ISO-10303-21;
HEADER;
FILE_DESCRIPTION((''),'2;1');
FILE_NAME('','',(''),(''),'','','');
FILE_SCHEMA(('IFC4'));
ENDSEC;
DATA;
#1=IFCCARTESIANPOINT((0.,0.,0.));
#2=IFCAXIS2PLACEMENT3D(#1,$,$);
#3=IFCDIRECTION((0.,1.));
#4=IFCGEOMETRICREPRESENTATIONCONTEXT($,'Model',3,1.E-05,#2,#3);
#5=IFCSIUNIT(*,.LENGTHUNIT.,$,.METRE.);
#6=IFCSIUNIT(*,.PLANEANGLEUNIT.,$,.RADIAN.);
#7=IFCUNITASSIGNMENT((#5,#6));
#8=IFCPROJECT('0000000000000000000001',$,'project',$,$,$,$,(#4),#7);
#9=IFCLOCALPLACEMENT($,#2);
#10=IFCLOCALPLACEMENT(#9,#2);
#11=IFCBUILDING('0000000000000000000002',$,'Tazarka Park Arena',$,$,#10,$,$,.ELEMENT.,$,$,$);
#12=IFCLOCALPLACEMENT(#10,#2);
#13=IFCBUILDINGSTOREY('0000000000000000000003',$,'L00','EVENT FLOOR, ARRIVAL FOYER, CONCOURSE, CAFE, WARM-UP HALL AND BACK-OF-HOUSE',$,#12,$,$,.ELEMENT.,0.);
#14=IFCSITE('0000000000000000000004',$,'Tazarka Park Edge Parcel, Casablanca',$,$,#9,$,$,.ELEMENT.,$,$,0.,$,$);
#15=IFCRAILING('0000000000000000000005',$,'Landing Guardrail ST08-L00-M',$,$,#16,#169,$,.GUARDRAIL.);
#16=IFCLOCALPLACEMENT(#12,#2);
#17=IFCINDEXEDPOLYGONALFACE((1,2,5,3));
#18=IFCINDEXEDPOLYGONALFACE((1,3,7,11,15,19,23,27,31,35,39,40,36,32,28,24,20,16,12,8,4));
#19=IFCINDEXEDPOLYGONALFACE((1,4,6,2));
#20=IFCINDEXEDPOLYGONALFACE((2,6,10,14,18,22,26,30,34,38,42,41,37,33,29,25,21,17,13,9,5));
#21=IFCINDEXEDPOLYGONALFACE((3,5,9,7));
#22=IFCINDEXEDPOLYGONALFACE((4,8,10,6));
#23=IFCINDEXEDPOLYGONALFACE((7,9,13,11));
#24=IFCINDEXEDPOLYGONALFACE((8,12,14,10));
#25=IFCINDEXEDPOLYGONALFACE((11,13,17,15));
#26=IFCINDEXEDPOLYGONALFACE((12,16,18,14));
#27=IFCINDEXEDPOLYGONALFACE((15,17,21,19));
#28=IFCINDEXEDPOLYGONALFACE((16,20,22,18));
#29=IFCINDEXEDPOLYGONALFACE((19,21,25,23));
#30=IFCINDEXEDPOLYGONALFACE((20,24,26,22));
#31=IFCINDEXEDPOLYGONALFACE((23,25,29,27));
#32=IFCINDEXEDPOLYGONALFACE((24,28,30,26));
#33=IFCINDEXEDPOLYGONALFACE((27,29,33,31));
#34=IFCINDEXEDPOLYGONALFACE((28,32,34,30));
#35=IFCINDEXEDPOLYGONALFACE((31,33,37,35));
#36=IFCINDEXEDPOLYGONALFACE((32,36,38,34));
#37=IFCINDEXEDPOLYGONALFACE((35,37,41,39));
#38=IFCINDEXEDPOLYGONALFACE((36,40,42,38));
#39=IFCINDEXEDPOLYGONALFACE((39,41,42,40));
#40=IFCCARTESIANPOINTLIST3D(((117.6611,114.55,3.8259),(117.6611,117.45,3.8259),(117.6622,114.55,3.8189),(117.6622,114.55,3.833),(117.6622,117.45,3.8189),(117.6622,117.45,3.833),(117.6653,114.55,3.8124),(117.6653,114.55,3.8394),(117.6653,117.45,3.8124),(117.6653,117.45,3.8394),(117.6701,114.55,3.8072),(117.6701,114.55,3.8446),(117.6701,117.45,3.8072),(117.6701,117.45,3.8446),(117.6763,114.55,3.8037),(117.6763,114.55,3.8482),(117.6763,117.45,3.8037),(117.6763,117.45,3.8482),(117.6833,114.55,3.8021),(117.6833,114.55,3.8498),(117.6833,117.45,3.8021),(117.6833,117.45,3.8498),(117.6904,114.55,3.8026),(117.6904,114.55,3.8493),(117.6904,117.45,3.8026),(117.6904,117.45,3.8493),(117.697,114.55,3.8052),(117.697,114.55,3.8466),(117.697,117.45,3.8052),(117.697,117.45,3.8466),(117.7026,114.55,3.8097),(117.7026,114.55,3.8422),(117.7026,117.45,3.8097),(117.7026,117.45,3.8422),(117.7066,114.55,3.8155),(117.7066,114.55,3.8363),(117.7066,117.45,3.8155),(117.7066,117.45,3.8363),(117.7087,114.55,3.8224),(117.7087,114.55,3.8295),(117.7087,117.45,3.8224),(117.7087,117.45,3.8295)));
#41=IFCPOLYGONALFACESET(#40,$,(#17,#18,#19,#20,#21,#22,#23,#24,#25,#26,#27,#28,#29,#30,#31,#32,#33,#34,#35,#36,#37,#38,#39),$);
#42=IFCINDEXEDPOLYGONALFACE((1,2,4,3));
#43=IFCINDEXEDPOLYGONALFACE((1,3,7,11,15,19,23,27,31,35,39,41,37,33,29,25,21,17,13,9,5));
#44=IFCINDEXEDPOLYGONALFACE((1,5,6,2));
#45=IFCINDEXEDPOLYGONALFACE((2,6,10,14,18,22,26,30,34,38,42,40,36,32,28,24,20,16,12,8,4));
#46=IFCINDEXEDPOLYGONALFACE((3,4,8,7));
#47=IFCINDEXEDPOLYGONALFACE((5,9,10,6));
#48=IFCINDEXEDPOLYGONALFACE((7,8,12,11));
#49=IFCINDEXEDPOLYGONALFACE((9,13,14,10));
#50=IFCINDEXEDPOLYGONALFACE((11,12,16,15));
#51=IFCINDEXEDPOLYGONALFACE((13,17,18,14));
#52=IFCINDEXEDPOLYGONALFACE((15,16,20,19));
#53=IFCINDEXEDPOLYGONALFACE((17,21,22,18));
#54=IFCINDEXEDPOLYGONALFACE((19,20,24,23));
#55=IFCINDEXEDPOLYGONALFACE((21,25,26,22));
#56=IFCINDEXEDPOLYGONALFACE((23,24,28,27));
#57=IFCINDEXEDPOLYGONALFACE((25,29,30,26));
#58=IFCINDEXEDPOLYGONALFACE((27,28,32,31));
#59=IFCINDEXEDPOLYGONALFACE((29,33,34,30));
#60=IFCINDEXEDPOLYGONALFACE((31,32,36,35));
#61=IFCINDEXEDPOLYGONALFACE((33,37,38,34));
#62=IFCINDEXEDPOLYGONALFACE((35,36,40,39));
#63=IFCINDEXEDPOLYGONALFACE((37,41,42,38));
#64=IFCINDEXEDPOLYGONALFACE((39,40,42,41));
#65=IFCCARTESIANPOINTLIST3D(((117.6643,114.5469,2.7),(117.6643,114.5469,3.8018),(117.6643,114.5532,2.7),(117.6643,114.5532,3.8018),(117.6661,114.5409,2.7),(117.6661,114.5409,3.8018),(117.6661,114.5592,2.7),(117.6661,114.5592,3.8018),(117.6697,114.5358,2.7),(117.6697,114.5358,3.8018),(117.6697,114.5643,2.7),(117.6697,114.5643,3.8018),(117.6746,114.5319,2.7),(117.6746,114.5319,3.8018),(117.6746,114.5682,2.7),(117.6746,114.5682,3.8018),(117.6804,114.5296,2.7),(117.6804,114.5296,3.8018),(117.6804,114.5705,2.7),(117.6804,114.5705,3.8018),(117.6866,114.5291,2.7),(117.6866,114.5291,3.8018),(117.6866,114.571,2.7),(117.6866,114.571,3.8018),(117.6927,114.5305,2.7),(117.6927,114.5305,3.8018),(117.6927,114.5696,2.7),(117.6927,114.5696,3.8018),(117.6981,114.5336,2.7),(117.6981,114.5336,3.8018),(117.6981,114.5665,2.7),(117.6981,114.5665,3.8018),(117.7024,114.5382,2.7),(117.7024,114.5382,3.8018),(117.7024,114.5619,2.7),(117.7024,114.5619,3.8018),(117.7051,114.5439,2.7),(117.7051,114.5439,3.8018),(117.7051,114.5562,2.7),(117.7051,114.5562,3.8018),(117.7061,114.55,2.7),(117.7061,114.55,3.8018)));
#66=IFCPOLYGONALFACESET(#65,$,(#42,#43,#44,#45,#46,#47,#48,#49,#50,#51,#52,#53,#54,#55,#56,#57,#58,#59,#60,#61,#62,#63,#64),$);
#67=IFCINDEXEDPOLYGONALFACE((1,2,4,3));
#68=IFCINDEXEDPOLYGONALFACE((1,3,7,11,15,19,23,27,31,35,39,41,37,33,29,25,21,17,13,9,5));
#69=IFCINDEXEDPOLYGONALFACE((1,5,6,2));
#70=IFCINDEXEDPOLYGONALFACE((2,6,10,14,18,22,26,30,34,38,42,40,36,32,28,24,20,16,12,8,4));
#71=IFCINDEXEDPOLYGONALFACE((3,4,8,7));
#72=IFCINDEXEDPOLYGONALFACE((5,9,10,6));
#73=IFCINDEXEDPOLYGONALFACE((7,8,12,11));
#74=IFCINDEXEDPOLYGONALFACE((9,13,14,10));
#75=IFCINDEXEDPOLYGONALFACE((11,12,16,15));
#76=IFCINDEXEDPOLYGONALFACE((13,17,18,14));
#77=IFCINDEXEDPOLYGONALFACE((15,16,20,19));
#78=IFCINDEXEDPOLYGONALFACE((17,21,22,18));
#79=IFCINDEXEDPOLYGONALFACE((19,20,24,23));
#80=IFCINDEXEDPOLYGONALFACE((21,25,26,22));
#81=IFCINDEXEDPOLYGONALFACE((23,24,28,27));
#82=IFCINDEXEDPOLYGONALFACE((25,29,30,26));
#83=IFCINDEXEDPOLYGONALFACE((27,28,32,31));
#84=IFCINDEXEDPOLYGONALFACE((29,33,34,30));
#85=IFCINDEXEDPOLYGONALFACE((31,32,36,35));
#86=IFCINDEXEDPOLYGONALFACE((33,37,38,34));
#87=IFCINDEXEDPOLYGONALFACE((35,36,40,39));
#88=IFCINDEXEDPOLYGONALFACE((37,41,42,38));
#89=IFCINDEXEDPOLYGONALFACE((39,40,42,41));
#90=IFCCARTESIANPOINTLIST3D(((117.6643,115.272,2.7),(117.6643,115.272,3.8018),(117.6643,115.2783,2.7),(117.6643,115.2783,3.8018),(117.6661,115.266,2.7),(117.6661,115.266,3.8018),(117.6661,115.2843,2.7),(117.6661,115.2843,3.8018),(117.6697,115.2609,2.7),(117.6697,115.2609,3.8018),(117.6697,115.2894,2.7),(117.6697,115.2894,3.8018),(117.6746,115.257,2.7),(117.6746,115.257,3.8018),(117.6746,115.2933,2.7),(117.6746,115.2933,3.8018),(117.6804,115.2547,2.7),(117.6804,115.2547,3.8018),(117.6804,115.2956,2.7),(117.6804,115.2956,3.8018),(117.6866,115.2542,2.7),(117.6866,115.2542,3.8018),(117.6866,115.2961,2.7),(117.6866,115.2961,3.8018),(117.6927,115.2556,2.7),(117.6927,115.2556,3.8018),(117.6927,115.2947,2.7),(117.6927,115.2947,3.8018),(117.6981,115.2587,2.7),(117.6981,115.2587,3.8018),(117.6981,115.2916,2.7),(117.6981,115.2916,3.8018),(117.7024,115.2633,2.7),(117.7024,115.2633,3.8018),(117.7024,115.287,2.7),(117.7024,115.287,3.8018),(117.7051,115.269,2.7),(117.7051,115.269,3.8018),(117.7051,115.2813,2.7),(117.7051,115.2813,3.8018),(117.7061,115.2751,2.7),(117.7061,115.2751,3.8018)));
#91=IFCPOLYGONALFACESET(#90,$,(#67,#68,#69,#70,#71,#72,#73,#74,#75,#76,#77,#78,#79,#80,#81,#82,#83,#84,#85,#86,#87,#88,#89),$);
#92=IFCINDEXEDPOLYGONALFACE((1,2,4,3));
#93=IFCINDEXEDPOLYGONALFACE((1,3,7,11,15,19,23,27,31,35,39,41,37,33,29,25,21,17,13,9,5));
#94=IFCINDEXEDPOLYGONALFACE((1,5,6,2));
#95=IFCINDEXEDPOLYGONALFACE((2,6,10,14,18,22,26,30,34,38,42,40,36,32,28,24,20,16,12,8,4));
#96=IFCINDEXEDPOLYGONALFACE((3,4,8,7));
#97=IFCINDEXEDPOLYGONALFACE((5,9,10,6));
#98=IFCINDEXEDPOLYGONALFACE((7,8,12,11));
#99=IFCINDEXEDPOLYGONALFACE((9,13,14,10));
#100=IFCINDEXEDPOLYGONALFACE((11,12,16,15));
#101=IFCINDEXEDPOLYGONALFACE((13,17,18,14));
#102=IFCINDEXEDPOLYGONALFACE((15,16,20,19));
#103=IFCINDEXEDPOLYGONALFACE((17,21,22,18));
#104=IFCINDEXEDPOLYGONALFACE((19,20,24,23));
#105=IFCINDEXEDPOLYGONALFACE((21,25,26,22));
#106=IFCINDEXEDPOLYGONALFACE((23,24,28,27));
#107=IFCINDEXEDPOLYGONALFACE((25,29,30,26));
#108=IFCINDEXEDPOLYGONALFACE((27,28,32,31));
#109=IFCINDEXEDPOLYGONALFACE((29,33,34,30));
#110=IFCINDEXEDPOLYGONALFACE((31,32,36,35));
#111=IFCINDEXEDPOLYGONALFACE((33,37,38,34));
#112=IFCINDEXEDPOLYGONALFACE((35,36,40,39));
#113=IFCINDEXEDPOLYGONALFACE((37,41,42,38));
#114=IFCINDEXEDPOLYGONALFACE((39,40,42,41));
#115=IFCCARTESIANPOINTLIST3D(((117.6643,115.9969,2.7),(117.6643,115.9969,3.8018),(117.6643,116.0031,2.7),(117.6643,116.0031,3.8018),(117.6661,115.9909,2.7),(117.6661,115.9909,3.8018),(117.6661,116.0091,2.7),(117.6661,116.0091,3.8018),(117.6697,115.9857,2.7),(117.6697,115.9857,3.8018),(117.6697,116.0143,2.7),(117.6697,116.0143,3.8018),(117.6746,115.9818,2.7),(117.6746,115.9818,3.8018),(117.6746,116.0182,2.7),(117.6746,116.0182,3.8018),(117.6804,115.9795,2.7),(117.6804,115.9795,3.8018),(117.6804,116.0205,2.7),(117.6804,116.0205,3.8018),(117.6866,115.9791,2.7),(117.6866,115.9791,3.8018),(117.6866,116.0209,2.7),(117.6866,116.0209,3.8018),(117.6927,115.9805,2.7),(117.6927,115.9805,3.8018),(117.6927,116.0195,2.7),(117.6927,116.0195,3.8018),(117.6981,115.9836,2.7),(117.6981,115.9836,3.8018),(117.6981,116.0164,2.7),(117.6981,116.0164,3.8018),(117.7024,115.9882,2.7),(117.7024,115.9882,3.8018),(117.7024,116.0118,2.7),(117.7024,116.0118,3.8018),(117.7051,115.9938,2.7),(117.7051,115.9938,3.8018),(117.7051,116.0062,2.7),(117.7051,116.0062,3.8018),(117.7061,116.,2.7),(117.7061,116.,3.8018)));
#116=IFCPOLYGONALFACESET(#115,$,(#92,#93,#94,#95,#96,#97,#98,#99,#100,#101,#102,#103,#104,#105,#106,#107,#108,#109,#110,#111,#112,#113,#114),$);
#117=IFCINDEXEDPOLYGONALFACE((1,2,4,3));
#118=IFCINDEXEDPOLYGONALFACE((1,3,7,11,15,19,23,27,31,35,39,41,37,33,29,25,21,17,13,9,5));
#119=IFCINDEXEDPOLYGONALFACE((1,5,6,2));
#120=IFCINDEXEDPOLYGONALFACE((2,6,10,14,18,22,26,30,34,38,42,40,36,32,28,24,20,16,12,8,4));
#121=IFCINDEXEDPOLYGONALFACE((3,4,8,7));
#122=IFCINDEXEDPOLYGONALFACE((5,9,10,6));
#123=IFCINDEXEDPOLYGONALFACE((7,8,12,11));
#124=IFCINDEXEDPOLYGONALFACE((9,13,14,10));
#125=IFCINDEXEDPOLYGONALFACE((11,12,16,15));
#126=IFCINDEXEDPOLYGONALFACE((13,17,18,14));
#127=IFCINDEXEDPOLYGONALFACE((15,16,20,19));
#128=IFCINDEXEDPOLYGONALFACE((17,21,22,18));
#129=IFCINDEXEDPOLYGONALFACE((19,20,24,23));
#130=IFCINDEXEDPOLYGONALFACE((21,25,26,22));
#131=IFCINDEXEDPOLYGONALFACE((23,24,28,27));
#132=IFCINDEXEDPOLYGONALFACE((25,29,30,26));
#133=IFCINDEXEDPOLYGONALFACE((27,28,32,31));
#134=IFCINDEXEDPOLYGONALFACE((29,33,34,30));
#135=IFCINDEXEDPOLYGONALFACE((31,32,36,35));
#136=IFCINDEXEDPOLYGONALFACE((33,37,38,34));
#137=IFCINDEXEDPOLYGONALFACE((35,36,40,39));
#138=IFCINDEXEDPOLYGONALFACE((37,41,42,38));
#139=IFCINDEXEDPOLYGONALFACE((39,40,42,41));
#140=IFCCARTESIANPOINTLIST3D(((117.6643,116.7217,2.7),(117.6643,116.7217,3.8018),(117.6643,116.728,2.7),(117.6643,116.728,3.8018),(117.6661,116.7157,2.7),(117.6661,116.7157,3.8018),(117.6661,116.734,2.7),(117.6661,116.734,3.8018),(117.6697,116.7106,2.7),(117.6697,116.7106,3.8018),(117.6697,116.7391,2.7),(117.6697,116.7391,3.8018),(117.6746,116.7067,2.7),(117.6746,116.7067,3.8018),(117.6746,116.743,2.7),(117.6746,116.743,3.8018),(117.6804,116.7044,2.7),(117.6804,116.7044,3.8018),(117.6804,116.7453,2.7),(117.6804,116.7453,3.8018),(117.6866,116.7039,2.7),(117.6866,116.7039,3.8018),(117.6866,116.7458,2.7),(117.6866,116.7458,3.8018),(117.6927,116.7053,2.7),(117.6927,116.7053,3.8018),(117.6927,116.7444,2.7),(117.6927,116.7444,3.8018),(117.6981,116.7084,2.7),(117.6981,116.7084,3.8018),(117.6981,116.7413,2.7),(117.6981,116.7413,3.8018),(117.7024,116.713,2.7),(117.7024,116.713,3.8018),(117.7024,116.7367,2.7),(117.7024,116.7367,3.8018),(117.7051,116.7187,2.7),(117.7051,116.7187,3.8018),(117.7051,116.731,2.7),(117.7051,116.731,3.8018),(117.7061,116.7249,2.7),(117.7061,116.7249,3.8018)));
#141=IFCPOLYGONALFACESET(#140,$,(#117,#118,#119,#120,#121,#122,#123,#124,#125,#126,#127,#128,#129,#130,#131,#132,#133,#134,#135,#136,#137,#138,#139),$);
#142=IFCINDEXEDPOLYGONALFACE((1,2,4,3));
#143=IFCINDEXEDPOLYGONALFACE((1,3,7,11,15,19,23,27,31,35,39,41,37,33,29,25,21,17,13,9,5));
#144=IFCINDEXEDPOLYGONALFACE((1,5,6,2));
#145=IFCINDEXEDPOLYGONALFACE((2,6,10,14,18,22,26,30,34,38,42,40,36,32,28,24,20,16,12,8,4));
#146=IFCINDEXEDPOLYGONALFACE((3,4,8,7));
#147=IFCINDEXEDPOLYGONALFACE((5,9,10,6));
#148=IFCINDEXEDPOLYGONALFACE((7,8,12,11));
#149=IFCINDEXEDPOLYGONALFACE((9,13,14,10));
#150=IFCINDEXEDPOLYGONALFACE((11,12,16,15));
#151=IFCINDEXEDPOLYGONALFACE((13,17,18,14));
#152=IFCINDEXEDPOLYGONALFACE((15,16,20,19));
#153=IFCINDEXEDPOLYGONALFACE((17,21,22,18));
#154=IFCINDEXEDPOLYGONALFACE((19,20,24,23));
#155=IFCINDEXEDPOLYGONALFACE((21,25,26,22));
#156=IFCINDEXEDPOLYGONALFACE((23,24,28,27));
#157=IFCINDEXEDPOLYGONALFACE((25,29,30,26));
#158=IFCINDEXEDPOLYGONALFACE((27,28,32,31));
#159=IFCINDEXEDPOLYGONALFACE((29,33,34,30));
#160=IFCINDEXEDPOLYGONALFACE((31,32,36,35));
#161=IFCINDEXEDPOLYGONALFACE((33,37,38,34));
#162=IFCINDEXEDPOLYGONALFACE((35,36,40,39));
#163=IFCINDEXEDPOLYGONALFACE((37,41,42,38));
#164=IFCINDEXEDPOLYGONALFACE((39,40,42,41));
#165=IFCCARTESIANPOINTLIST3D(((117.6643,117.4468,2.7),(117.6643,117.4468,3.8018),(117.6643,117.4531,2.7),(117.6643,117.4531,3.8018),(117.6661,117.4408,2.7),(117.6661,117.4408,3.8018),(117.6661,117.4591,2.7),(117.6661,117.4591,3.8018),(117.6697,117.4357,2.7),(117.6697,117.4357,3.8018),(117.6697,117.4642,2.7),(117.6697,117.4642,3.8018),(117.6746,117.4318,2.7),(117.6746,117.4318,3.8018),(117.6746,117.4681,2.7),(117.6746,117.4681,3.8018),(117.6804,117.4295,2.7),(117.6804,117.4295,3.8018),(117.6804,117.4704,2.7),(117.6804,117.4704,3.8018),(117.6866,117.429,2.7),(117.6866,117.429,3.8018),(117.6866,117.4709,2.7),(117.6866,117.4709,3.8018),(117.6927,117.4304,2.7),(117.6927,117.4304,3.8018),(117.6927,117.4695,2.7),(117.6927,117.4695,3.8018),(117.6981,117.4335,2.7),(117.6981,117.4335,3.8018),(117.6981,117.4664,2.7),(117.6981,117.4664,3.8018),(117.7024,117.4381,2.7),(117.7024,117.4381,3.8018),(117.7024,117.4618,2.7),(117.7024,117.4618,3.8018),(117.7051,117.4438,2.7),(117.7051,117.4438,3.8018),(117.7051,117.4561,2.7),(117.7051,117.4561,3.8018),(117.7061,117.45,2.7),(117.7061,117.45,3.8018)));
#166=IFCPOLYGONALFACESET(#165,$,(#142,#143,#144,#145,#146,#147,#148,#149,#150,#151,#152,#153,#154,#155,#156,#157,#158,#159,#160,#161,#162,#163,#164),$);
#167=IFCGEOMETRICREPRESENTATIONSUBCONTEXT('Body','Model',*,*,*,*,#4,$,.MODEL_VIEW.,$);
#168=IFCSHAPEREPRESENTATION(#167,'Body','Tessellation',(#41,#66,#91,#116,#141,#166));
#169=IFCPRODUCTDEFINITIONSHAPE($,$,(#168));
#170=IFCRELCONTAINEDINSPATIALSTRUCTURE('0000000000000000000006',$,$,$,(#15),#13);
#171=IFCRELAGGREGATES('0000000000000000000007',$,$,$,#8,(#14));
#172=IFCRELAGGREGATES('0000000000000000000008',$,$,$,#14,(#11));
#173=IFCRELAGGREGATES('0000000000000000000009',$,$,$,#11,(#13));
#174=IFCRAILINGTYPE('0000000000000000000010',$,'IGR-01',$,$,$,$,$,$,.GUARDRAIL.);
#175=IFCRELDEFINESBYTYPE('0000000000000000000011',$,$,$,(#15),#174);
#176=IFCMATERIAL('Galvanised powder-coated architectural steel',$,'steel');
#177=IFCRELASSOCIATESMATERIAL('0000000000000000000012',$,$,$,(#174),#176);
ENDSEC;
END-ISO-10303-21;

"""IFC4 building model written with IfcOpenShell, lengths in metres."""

from ifc_helpers import new_model, si_unit, direction, frame, origin, origin_2d, place, context, subcontext, project, spatial, circle, extrude, material, type_object, element, save


model = new_model("IFC4")

# Units and contexts
model_context = context("Model", 3, precision=1e-05, world=origin(), true_north=direction((0.0, 1.0)))
body_context = subcontext(model_context, "Body", "Model", "MODEL_VIEW")
ifc_project = project(units=[si_unit("LENGTHUNIT", "METRE"), si_unit("PLANEANGLEUNIT", "RADIAN")], contexts=[model_context])

# Site, building, storey
site_placement = place(None, origin())
site = spatial("IfcSite", under=ifc_project, at=site_placement, Name="Tazarka Park Edge Parcel, Casablanca", CompositionType="ELEMENT", RefElevation=0.0)
building_placement = place(site_placement, origin())
building = spatial("IfcBuilding", under=site, at=building_placement, Name="Tazarka Park Arena", CompositionType="ELEMENT")
storey_placement = place(building_placement, origin())
storey = spatial("IfcBuildingStorey", under=building, at=storey_placement, Name="L00", Description="EVENT FLOOR, ARRIVAL FOYER, CONCOURSE, CAFE, WARM-UP HALL AND BACK-OF-HOUSE", CompositionType="ELEMENT", Elevation=0.0)

# Railing
ifc_material_1 = material(Name="Galvanised powder-coated architectural steel", Category="steel")
railing_type_1 = type_object("IfcRailingType", Name="IGR-01", PredefinedType="GUARDRAIL", material=ifc_material_1)
for number, where, name in (
    (1, (117.6851, 114.55, 2.7), "Landing Guardrail ST08-L00-M"),
):
    element("IfcRailing", number, at=place(storey_placement, frame(where)), inside=storey, type_object=railing_type_1, Name=name, PredefinedType="GUARDRAIL", context=body_context, shape_type="SweptSolid", body=[
        extrude(circle(Radius=0.0239, at=origin_2d()), frame((0.0, 0.0, 1.126), z_axis=(0.0, 1.0, 0.0), x_axis=(-1.0, 0.0, 0.0)), (0.0, 0.0, 1.0), 2.8999),
        extrude(circle(Radius=0.021, at=origin_2d()), origin(), (0.0, 0.0, 1.0), 1.1018),
        extrude(circle(Radius=0.021, at=origin_2d()), frame((0.0, 0.7251, 0.0)), (0.0, 0.0, 1.0), 1.1018),
        extrude(circle(Radius=0.021, at=origin_2d()), frame((0.0, 1.45, 0.0)), (0.0, 0.0, 1.0), 1.1018),
        extrude(circle(Radius=0.021, at=origin_2d()), frame((0.0, 2.1748, 0.0)), (0.0, 0.0, 1.0), 1.1018),
        extrude(circle(Radius=0.021, at=origin_2d()), frame((0.0, 2.8999, 0.0)), (0.0, 0.0, 1.0), 1.1018),
    ])

save(model, "model.ifc")
